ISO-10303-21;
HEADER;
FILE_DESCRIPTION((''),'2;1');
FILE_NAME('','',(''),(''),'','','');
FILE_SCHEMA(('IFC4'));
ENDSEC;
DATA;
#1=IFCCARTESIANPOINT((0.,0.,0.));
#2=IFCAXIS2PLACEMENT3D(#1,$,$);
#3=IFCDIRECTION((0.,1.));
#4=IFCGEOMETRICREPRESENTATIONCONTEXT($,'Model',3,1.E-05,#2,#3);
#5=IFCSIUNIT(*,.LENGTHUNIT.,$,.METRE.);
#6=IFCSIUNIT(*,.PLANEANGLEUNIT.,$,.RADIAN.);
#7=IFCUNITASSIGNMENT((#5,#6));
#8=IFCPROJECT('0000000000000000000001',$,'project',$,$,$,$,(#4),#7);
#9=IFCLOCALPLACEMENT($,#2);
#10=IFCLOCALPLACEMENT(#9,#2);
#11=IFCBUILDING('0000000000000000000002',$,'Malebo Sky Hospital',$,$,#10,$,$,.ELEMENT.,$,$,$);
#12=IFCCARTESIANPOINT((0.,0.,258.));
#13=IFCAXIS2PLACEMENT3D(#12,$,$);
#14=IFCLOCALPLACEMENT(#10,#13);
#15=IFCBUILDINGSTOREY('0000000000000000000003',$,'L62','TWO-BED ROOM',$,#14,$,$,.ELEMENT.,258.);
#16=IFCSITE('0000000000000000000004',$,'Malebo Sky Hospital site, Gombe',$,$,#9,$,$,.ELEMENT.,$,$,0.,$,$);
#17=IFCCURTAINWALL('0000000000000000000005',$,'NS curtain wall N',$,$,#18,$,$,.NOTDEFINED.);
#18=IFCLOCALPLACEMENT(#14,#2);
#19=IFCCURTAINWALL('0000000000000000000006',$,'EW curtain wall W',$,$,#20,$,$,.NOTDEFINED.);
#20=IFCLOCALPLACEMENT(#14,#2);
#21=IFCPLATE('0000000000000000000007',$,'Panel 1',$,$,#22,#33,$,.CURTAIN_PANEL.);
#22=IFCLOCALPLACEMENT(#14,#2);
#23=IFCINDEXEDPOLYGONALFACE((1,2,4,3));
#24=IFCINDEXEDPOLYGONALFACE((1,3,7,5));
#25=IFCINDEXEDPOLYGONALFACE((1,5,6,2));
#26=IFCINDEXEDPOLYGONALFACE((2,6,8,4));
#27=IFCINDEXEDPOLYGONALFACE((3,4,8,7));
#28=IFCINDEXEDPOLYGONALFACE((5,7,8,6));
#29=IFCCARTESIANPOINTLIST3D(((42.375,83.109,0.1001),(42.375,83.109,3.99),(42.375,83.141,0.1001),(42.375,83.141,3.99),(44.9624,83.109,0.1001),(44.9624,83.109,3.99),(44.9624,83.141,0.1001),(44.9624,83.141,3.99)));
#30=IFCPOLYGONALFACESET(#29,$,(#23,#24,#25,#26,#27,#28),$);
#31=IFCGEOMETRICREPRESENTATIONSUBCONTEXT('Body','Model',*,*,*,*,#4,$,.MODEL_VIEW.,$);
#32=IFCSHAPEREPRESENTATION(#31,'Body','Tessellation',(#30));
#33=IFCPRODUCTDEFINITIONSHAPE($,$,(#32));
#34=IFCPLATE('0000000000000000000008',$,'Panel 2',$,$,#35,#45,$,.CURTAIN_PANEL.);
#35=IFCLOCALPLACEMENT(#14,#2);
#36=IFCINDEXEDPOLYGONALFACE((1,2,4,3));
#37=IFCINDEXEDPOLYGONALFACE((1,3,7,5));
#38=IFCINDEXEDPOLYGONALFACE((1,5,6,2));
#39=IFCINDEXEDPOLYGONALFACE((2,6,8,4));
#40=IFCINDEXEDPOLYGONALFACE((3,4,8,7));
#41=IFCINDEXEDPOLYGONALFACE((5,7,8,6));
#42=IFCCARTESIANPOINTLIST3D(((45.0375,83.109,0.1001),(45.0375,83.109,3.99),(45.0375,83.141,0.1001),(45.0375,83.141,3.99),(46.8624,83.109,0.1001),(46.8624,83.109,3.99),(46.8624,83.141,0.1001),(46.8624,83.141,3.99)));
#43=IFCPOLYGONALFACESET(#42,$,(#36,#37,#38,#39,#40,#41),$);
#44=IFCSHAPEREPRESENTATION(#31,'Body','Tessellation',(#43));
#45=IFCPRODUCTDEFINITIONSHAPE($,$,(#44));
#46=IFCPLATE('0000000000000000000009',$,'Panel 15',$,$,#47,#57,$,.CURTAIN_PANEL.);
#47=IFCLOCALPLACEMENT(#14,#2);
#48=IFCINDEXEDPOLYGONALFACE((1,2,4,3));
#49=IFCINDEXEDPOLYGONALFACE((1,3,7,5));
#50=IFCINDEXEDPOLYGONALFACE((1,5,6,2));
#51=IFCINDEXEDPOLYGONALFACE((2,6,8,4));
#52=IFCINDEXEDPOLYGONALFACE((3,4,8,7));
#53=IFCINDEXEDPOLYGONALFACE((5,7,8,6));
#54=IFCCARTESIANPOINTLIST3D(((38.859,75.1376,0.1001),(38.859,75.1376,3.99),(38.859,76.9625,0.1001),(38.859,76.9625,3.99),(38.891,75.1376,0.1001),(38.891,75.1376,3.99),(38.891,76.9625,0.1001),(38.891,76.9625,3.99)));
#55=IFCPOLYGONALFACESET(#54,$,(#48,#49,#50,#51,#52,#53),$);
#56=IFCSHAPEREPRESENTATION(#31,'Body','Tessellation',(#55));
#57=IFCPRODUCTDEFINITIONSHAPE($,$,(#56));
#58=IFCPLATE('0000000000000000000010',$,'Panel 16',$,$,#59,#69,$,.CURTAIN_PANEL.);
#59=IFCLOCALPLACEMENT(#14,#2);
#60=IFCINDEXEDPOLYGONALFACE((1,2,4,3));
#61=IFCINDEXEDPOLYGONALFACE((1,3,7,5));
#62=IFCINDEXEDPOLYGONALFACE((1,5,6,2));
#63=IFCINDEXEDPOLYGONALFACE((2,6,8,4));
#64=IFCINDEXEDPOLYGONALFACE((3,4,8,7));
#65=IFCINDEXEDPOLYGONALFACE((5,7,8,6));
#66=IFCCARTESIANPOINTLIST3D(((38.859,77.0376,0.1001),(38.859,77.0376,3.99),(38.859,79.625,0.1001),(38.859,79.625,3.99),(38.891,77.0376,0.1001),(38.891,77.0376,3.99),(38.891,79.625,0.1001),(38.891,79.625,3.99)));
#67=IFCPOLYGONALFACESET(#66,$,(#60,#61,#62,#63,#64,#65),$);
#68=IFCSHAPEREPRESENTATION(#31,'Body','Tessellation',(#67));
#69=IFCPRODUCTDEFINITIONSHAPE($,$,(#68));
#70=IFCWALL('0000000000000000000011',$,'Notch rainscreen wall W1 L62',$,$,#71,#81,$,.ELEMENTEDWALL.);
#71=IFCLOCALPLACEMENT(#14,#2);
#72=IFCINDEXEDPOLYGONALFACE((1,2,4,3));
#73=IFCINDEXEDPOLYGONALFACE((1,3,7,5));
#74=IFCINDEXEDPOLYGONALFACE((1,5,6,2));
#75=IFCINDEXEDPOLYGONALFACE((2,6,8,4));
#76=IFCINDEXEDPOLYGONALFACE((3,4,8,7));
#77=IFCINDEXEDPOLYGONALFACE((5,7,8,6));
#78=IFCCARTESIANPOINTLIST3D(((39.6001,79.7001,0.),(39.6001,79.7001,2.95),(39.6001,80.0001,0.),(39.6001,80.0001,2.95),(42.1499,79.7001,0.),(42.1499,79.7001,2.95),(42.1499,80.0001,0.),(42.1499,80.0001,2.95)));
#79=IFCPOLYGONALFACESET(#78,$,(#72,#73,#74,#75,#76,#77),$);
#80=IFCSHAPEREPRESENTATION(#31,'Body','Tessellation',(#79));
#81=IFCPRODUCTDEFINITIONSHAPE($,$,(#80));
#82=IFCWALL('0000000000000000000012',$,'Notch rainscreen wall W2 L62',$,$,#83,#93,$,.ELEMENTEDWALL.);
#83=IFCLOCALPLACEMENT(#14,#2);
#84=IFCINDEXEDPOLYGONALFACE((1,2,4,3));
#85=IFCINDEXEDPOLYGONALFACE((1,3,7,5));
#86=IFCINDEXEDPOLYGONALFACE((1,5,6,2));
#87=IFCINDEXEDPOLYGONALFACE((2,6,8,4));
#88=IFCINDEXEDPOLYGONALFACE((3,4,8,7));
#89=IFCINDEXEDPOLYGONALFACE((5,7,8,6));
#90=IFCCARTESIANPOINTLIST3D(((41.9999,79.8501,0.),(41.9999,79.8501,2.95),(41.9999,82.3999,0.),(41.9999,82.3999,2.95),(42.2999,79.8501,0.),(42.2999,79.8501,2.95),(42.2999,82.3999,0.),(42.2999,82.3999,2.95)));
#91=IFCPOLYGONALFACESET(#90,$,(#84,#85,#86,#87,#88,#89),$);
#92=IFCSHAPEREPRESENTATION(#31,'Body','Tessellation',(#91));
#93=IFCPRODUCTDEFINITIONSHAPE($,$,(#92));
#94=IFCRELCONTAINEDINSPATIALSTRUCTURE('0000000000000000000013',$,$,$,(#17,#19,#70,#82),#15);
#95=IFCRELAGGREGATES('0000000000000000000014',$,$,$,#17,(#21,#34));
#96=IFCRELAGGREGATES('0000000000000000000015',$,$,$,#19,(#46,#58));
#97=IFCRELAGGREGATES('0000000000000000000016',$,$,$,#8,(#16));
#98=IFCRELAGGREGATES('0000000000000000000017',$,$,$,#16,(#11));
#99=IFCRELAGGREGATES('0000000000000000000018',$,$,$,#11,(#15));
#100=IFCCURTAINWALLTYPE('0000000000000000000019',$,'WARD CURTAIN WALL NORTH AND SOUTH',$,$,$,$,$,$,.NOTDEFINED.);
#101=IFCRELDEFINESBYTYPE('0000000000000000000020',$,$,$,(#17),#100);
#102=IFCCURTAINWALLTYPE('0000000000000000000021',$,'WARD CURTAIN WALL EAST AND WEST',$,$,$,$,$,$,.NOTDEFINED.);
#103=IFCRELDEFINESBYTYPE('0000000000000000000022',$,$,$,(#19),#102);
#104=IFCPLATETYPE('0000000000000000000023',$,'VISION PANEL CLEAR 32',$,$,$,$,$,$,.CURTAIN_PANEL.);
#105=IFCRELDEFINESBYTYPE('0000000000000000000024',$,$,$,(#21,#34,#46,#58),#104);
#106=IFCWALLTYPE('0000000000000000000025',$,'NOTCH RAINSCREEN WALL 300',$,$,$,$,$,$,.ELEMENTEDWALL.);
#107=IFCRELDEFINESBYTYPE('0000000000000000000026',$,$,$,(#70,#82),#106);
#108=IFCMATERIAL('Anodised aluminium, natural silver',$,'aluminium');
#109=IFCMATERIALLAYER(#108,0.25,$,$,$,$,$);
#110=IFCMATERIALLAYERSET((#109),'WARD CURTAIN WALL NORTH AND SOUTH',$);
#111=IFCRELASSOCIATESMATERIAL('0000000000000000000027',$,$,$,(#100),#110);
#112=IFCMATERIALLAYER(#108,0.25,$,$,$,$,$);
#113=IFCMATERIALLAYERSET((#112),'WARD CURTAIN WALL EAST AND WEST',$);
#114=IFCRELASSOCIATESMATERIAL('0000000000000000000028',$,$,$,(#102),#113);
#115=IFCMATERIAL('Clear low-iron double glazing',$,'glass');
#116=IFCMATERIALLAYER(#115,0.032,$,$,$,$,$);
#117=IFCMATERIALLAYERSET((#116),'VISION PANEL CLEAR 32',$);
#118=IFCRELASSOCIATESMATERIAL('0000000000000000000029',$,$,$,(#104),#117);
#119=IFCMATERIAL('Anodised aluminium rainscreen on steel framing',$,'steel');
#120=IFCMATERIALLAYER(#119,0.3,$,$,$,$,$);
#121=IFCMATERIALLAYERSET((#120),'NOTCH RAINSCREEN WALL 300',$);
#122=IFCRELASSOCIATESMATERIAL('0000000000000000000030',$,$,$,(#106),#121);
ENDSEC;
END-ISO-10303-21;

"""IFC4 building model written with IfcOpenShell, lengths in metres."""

from ifc_helpers import new_model, si_unit, direction, frame, frame_2d, origin, origin_2d, place, context, subcontext, project, spatial, rectangle, extrude, material, layer, layer_set, type_object, element, aggregate, save


model = new_model("IFC4")

# Units and contexts
model_context = context("Model", 3, precision=1e-05, world=origin(), true_north=direction((0.0, 1.0)))
body_context = subcontext(model_context, "Body", "Model", "MODEL_VIEW")
ifc_project = project(units=[si_unit("LENGTHUNIT", "METRE"), si_unit("PLANEANGLEUNIT", "RADIAN")], contexts=[model_context])

# Site, building, storey
site_placement = place(None, origin())
site = spatial("IfcSite", under=ifc_project, at=site_placement, Name="Malebo Sky Hospital site, Gombe", CompositionType="ELEMENT", RefElevation=0.0)
building_placement = place(site_placement, origin())
building = spatial("IfcBuilding", under=site, at=building_placement, Name="Malebo Sky Hospital", CompositionType="ELEMENT")
storey_placement = place(building_placement, frame((0.0, 0.0, 258.0)))
storey = spatial("IfcBuildingStorey", under=building, at=storey_placement, Name="L62", Description="TWO-BED ROOM", CompositionType="ELEMENT", Elevation=258.0)

# Curtain walls
ifc_material_1 = material(Name="Anodised aluminium, natural silver", Category="aluminium")
ifc_layer_1 = layer(ifc_material_1, 0.25)
ifc_layer_set_1 = layer_set([ifc_layer_1], Name="WARD CURTAIN WALL NORTH AND SOUTH")
curtain_wall_type_1 = type_object("IfcCurtainWallType", Name="WARD CURTAIN WALL NORTH AND SOUTH", PredefinedType="NOTDEFINED", material=ifc_layer_set_1)
curtain_wall_1_placement = place(storey_placement, origin())
curtain_wall_1 = element("IfcCurtainWall", 1, at=curtain_wall_1_placement, inside=storey, type_object=curtain_wall_type_1, Name="NS curtain wall N", PredefinedType="NOTDEFINED")
ifc_layer_2 = layer(ifc_material_1, 0.25)
ifc_layer_set_2 = layer_set([ifc_layer_2], Name="WARD CURTAIN WALL EAST AND WEST")
curtain_wall_type_2 = type_object("IfcCurtainWallType", Name="WARD CURTAIN WALL EAST AND WEST", PredefinedType="NOTDEFINED", material=ifc_layer_set_2)
curtain_wall_2_placement = place(storey_placement, origin())
curtain_wall_2 = element("IfcCurtainWall", 2, at=curtain_wall_2_placement, inside=storey, type_object=curtain_wall_type_2, Name="EW curtain wall W", PredefinedType="NOTDEFINED")

# Plates
ifc_material_2 = material(Name="Clear low-iron double glazing", Category="glass")
ifc_layer_3 = layer(ifc_material_2, 0.032)
ifc_layer_set_3 = layer_set([ifc_layer_3], Name="VISION PANEL CLEAR 32")
plate_type = type_object("IfcPlateType", Name="VISION PANEL CLEAR 32", PredefinedType="CURTAIN_PANEL", material=ifc_layer_set_3)
plate_1_placement = place(storey_placement, frame((43.6687, 83.125, 0.1001), z_axis=(0.0, 0.0, 1.0), x_axis=(1.0, 0.0, 0.0)))
plate_1 = element("IfcPlate", 3, at=plate_1_placement, type_object=plate_type, Name="Panel 1", PredefinedType="CURTAIN_PANEL", context=body_context, shape_type="SweptSolid", body=[
    extrude(rectangle(XDim=2.5874, YDim=0.032, at=origin_2d()), origin(), (0.0, 0.0, 1.0), 3.8899),
])
plate_2_placement = place(storey_placement, frame((45.95, 83.125, 0.1001), z_axis=(0.0, 0.0, 1.0), x_axis=(1.0, 0.0, 0.0)))
plate_2 = element("IfcPlate", 4, at=plate_2_placement, type_object=plate_type, Name="Panel 2", PredefinedType="CURTAIN_PANEL", context=body_context, shape_type="SweptSolid", body=[
    extrude(rectangle(XDim=1.825, YDim=0.032, at=origin_2d()), origin(), (0.0, 0.0, 1.0), 3.8899),
])
aggregate(curtain_wall_1, [plate_1, plate_2])
plate_3_placement = place(storey_placement, frame((38.875, 76.05, 0.1001), z_axis=(0.0, 0.0, 1.0), x_axis=(0.0, 1.0, 0.0)))
plate_3 = element("IfcPlate", 5, at=plate_3_placement, type_object=plate_type, Name="Panel 15", PredefinedType="CURTAIN_PANEL", context=body_context, shape_type="SweptSolid", body=[
    extrude(rectangle(XDim=1.825, YDim=0.032, at=origin_2d()), origin(), (0.0, 0.0, 1.0), 3.8899),
])
plate_4_placement = place(storey_placement, frame((38.875, 78.3313, 0.1001), z_axis=(0.0, 0.0, 1.0), x_axis=(0.0, 1.0, 0.0)))
plate_4 = element("IfcPlate", 6, at=plate_4_placement, type_object=plate_type, Name="Panel 16", PredefinedType="CURTAIN_PANEL", context=body_context, shape_type="SweptSolid", body=[
    extrude(rectangle(XDim=2.5874, YDim=0.032, at=origin_2d()), origin(), (0.0, 0.0, 1.0), 3.8899),
])
aggregate(curtain_wall_2, [plate_3, plate_4])

# Walls
ifc_material_3 = material(Name="Anodised aluminium rainscreen on steel framing", Category="steel")
ifc_layer_4 = layer(ifc_material_3, 0.3)
ifc_layer_set_4 = layer_set([ifc_layer_4], Name="NOTCH RAINSCREEN WALL 300")
wall_type = type_object("IfcWallType", Name="NOTCH RAINSCREEN WALL 300", PredefinedType="ELEMENTEDWALL", material=ifc_layer_set_4)
for number, where, z_axis, x_axis, name in (
    (7, (39.6001, 79.8501, 0.0), (0.0, 0.0, 1.0), (1.0, 0.0, 0.0), "Notch rainscreen wall W1 L62"),
    (8, (42.1499, 79.8501, 0.0), (0.0, 0.0, 1.0), (0.0, 1.0, 0.0), "Notch rainscreen wall W2 L62"),
):
    element("IfcWall", number, at=place(storey_placement, frame(where, z_axis=z_axis, x_axis=x_axis)), inside=storey, type_object=wall_type, Name=name, PredefinedType="ELEMENTEDWALL", context=body_context, shape_type="SweptSolid", body=[
        extrude(rectangle(XDim=2.5498, YDim=0.3, at=frame_2d((1.2749, 0.0))), origin(), (0.0, 0.0, 1.0), 2.95),
    ])

save(model, "model.ifc")
